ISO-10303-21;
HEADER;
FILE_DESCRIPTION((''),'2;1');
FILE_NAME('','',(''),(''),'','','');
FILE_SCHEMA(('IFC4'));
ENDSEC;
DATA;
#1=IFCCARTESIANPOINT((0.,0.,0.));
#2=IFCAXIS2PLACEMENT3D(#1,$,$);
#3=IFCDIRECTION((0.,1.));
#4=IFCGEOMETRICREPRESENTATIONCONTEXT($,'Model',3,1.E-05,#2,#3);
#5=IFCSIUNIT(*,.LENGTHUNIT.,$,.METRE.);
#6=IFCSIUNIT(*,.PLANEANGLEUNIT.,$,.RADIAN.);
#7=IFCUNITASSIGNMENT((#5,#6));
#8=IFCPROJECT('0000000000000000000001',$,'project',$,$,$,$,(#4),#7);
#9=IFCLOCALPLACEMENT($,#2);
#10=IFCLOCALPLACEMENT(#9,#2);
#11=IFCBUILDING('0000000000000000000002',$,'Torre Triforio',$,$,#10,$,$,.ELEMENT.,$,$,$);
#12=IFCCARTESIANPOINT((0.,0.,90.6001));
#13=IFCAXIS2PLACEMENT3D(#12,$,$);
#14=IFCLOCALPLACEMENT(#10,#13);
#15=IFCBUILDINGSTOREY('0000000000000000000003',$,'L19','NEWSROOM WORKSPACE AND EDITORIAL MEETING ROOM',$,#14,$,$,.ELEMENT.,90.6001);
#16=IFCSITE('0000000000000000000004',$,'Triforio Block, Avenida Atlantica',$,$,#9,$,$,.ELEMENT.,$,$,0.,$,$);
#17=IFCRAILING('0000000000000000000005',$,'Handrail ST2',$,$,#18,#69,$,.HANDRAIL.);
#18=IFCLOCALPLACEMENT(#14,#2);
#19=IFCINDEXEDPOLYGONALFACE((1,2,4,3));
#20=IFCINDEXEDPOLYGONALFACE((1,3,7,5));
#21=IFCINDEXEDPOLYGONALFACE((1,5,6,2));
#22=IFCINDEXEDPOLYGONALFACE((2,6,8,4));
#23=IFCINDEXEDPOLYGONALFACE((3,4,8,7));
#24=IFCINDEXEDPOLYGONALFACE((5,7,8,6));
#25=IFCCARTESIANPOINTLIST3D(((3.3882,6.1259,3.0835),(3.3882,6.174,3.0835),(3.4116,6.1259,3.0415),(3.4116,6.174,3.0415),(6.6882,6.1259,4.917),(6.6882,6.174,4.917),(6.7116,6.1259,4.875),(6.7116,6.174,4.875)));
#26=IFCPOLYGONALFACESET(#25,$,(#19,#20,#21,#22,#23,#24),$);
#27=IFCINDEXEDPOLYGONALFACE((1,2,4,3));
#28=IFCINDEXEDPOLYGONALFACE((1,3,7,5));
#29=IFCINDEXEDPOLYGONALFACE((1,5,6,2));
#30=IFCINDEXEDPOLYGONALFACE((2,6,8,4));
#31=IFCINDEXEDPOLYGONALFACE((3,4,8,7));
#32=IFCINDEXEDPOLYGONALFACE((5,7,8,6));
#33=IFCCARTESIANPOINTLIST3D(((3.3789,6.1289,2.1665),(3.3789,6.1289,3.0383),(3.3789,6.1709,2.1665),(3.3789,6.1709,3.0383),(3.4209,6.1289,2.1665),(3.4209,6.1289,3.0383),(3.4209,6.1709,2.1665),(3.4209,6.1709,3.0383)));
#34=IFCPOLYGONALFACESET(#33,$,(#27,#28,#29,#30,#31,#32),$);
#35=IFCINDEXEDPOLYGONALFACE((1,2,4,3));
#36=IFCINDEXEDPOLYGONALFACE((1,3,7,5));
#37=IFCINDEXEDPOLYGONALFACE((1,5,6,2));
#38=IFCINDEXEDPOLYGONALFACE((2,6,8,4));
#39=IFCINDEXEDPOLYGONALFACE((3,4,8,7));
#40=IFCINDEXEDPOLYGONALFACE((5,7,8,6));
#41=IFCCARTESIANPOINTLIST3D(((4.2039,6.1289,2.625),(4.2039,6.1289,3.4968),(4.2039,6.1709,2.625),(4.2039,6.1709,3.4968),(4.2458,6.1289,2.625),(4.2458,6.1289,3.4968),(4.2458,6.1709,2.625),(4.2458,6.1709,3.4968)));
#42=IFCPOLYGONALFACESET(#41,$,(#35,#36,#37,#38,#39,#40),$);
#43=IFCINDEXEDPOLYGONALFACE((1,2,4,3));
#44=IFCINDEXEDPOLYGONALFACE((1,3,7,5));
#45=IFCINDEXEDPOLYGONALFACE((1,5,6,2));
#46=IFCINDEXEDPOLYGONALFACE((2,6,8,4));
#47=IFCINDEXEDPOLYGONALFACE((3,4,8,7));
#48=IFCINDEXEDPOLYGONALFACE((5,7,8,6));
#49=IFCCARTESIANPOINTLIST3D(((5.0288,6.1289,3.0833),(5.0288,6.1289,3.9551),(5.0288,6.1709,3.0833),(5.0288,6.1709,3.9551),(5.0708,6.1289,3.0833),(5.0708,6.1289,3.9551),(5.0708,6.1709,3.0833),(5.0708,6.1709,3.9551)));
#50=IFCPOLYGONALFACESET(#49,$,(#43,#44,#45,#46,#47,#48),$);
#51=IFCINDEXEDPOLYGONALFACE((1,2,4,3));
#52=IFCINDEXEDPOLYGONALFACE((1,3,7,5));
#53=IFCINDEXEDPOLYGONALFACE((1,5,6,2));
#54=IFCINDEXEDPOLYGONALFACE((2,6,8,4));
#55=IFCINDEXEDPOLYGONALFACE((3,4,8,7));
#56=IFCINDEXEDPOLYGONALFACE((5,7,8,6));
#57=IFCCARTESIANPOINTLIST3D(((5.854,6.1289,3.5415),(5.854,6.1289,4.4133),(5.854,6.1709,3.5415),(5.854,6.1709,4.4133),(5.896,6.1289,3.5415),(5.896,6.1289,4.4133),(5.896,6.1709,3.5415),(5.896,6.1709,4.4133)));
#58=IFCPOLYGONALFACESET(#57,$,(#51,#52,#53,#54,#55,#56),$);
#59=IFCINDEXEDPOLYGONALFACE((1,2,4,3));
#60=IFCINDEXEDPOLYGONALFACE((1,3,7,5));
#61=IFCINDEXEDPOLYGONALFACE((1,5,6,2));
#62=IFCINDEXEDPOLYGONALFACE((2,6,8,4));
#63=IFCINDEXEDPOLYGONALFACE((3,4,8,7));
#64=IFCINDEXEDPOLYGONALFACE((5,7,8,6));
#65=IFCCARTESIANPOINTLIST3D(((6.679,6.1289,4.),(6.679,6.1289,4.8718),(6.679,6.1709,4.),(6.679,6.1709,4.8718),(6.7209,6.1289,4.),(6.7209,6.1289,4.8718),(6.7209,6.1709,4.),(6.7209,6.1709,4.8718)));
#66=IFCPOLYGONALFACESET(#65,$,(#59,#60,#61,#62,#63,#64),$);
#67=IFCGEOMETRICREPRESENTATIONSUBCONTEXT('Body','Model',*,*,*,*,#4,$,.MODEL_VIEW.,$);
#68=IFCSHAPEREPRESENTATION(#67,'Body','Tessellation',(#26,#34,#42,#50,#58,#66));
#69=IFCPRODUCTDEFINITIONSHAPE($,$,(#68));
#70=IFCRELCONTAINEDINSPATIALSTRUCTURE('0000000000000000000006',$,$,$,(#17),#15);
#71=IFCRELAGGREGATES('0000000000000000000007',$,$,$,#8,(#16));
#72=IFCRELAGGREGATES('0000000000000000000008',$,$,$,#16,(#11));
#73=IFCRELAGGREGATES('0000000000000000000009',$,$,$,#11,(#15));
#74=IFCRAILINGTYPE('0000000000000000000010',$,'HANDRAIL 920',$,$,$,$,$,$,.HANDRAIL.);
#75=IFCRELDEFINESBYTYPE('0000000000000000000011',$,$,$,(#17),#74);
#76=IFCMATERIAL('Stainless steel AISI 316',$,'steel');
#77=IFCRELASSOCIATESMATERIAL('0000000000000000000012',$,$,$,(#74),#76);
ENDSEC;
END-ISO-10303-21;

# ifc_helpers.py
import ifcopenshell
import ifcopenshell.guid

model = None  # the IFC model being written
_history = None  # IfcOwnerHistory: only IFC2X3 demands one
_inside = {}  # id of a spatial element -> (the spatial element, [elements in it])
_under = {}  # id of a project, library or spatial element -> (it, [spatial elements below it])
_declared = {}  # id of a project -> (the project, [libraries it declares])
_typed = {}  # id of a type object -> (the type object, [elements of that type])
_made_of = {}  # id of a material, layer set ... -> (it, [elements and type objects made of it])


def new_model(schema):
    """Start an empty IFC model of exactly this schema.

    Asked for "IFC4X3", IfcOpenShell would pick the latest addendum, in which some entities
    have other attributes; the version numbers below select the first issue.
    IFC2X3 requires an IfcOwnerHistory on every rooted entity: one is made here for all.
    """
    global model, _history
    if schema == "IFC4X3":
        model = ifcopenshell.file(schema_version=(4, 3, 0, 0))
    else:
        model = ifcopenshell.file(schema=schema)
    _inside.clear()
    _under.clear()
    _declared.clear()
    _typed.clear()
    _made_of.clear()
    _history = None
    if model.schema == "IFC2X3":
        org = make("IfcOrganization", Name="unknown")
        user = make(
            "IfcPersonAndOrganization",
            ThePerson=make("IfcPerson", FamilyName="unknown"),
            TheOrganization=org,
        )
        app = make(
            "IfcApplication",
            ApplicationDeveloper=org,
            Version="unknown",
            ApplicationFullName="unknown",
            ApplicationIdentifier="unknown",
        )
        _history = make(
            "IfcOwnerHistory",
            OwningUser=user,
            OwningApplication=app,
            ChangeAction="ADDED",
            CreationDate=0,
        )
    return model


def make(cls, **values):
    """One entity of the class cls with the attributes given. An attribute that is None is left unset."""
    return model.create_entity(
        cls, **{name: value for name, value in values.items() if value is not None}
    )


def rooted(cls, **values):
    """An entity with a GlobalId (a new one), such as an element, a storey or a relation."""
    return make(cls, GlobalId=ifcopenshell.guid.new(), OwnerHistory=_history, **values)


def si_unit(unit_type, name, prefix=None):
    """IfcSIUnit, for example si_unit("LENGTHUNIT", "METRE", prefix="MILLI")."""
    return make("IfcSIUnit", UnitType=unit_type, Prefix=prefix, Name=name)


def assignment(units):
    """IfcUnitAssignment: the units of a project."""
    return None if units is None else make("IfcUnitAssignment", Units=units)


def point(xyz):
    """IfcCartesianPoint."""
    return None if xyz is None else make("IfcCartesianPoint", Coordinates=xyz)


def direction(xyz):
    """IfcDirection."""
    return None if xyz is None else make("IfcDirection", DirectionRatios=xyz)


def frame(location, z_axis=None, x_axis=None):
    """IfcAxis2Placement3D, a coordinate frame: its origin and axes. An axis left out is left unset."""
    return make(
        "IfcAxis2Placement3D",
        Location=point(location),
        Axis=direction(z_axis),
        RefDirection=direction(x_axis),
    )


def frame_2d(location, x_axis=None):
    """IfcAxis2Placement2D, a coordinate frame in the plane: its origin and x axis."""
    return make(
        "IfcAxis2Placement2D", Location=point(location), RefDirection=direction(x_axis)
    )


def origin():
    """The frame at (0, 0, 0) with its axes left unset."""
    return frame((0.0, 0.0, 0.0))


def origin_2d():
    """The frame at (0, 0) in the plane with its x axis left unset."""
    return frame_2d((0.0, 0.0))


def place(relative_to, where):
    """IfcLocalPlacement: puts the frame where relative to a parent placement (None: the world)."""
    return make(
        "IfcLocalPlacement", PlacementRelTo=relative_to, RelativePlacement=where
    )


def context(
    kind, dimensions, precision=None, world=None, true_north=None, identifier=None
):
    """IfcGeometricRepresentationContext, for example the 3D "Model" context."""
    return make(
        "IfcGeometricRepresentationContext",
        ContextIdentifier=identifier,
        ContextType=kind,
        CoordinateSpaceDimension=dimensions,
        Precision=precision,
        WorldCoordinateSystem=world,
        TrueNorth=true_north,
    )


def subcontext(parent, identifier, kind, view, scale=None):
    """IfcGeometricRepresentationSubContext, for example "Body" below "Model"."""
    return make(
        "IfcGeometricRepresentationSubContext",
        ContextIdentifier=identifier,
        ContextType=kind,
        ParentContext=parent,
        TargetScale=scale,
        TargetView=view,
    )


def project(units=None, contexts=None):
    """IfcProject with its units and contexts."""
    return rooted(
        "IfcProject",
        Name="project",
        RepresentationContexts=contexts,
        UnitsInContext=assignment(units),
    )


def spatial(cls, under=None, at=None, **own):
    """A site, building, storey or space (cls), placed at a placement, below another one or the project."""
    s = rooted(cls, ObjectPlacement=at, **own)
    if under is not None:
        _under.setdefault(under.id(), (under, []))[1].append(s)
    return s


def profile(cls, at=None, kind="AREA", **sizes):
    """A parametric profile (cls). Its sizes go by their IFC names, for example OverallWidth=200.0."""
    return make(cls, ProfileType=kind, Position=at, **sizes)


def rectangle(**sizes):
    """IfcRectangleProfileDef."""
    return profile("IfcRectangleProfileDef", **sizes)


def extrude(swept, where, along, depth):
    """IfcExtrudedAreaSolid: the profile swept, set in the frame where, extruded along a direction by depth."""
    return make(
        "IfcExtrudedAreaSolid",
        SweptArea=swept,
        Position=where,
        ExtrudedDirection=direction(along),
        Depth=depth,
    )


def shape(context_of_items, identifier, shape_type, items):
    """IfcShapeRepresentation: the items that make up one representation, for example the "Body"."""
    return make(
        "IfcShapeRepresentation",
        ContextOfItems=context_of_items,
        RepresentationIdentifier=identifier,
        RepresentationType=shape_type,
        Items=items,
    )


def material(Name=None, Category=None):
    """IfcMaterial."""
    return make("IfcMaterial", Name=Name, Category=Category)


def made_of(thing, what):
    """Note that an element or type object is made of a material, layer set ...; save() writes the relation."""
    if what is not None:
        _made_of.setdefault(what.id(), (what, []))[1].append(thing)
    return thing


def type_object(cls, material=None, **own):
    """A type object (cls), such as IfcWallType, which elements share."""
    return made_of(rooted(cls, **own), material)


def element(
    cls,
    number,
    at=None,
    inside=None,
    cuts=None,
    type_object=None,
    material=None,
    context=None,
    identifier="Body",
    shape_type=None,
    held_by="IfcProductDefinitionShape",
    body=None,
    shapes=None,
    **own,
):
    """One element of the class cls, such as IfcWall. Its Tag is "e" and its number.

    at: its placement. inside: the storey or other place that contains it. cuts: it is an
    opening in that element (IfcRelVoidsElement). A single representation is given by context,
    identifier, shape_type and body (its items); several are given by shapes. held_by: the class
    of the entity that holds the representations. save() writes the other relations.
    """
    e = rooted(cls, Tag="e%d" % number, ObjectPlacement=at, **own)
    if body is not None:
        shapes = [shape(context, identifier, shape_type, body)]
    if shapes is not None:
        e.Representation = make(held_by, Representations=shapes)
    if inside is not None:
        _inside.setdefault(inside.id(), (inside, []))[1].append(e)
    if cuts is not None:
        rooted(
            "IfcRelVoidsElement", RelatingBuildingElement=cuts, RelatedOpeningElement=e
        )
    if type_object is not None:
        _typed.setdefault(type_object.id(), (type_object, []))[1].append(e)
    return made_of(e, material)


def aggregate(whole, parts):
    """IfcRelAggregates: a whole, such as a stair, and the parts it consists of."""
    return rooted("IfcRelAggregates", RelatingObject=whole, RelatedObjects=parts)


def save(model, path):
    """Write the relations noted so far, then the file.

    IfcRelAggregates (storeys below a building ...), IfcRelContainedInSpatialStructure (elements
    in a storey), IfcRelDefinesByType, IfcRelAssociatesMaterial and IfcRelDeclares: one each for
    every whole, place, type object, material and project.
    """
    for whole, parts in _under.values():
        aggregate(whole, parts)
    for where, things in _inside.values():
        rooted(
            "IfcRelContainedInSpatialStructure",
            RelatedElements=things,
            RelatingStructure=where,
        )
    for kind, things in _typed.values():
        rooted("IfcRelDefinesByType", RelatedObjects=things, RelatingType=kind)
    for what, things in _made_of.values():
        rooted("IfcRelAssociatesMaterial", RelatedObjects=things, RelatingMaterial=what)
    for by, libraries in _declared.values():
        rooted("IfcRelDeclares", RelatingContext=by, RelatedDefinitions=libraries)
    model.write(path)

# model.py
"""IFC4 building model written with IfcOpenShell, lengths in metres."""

from ifc_helpers import new_model, si_unit, direction, frame, origin, origin_2d, place, context, subcontext, project, spatial, rectangle, extrude, material, type_object, element, save


model = new_model("IFC4")

# Units and contexts
model_context = context("Model", 3, precision=1e-05, world=origin(), true_north=direction((0.0, 1.0)))
body_context = subcontext(model_context, "Body", "Model", "MODEL_VIEW")
ifc_project = project(units=[si_unit("LENGTHUNIT", "METRE"), si_unit("PLANEANGLEUNIT", "RADIAN")], contexts=[model_context])

# Site, building, storey
site_placement = place(None, origin())
site = spatial("IfcSite", under=ifc_project, at=site_placement, Name="Triforio Block, Avenida Atlantica", CompositionType="ELEMENT", RefElevation=0.0)
building_placement = place(site_placement, origin())
building = spatial("IfcBuilding", under=site, at=building_placement, Name="Torre Triforio", CompositionType="ELEMENT")
storey_placement = place(building_placement, frame((0.0, 0.0, 90.6001)))
storey = spatial("IfcBuildingStorey", under=building, at=storey_placement, Name="L19", Description="NEWSROOM WORKSPACE AND EDITORIAL MEETING ROOM", CompositionType="ELEMENT", Elevation=90.6001)

# Railing
ifc_material_1 = material(Name="Stainless steel AISI 316", Category="steel")
railing_type = type_object("IfcRailingType", Name="HANDRAIL 920", PredefinedType="HANDRAIL", material=ifc_material_1)
for number, where, name in (
    (1, (3.3999, 6.1499, 2.1665), "Handrail ST2"),
):
    element("IfcRailing", number, at=place(storey_placement, frame(where)), inside=storey, type_object=railing_type, Name=name, PredefinedType="HANDRAIL", context=body_context, shape_type="SweptSolid", body=[
        extrude(rectangle(XDim=0.0481, YDim=0.0481, at=origin_2d()), frame((0.0, 0.0, 0.896), z_axis=(0.874142, 0.0, 0.48567), x_axis=(0.0, 1.0, 0.0)), (0.0, 0.0, 1.0), 3.7751),
        extrude(rectangle(XDim=0.042, YDim=0.042, at=origin_2d()), origin(), (0.0, 0.0, 1.0), 0.8718),
        extrude(rectangle(XDim=0.042, YDim=0.042, at=origin_2d()), frame((0.825, 0.0, 0.4585)), (0.0, 0.0, 1.0), 0.8718),
        extrude(rectangle(XDim=0.042, YDim=0.042, at=origin_2d()), frame((1.6499, 0.0, 0.9167)), (0.0, 0.0, 1.0), 0.8718),
        extrude(rectangle(XDim=0.042, YDim=0.042, at=origin_2d()), frame((2.4751, 0.0, 1.375)), (0.0, 0.0, 1.0), 0.8718),
        extrude(rectangle(XDim=0.042, YDim=0.042, at=origin_2d()), frame((3.3, 0.0, 1.8335)), (0.0, 0.0, 1.0), 0.8718),
    ])

save(model, "model.ifc")
